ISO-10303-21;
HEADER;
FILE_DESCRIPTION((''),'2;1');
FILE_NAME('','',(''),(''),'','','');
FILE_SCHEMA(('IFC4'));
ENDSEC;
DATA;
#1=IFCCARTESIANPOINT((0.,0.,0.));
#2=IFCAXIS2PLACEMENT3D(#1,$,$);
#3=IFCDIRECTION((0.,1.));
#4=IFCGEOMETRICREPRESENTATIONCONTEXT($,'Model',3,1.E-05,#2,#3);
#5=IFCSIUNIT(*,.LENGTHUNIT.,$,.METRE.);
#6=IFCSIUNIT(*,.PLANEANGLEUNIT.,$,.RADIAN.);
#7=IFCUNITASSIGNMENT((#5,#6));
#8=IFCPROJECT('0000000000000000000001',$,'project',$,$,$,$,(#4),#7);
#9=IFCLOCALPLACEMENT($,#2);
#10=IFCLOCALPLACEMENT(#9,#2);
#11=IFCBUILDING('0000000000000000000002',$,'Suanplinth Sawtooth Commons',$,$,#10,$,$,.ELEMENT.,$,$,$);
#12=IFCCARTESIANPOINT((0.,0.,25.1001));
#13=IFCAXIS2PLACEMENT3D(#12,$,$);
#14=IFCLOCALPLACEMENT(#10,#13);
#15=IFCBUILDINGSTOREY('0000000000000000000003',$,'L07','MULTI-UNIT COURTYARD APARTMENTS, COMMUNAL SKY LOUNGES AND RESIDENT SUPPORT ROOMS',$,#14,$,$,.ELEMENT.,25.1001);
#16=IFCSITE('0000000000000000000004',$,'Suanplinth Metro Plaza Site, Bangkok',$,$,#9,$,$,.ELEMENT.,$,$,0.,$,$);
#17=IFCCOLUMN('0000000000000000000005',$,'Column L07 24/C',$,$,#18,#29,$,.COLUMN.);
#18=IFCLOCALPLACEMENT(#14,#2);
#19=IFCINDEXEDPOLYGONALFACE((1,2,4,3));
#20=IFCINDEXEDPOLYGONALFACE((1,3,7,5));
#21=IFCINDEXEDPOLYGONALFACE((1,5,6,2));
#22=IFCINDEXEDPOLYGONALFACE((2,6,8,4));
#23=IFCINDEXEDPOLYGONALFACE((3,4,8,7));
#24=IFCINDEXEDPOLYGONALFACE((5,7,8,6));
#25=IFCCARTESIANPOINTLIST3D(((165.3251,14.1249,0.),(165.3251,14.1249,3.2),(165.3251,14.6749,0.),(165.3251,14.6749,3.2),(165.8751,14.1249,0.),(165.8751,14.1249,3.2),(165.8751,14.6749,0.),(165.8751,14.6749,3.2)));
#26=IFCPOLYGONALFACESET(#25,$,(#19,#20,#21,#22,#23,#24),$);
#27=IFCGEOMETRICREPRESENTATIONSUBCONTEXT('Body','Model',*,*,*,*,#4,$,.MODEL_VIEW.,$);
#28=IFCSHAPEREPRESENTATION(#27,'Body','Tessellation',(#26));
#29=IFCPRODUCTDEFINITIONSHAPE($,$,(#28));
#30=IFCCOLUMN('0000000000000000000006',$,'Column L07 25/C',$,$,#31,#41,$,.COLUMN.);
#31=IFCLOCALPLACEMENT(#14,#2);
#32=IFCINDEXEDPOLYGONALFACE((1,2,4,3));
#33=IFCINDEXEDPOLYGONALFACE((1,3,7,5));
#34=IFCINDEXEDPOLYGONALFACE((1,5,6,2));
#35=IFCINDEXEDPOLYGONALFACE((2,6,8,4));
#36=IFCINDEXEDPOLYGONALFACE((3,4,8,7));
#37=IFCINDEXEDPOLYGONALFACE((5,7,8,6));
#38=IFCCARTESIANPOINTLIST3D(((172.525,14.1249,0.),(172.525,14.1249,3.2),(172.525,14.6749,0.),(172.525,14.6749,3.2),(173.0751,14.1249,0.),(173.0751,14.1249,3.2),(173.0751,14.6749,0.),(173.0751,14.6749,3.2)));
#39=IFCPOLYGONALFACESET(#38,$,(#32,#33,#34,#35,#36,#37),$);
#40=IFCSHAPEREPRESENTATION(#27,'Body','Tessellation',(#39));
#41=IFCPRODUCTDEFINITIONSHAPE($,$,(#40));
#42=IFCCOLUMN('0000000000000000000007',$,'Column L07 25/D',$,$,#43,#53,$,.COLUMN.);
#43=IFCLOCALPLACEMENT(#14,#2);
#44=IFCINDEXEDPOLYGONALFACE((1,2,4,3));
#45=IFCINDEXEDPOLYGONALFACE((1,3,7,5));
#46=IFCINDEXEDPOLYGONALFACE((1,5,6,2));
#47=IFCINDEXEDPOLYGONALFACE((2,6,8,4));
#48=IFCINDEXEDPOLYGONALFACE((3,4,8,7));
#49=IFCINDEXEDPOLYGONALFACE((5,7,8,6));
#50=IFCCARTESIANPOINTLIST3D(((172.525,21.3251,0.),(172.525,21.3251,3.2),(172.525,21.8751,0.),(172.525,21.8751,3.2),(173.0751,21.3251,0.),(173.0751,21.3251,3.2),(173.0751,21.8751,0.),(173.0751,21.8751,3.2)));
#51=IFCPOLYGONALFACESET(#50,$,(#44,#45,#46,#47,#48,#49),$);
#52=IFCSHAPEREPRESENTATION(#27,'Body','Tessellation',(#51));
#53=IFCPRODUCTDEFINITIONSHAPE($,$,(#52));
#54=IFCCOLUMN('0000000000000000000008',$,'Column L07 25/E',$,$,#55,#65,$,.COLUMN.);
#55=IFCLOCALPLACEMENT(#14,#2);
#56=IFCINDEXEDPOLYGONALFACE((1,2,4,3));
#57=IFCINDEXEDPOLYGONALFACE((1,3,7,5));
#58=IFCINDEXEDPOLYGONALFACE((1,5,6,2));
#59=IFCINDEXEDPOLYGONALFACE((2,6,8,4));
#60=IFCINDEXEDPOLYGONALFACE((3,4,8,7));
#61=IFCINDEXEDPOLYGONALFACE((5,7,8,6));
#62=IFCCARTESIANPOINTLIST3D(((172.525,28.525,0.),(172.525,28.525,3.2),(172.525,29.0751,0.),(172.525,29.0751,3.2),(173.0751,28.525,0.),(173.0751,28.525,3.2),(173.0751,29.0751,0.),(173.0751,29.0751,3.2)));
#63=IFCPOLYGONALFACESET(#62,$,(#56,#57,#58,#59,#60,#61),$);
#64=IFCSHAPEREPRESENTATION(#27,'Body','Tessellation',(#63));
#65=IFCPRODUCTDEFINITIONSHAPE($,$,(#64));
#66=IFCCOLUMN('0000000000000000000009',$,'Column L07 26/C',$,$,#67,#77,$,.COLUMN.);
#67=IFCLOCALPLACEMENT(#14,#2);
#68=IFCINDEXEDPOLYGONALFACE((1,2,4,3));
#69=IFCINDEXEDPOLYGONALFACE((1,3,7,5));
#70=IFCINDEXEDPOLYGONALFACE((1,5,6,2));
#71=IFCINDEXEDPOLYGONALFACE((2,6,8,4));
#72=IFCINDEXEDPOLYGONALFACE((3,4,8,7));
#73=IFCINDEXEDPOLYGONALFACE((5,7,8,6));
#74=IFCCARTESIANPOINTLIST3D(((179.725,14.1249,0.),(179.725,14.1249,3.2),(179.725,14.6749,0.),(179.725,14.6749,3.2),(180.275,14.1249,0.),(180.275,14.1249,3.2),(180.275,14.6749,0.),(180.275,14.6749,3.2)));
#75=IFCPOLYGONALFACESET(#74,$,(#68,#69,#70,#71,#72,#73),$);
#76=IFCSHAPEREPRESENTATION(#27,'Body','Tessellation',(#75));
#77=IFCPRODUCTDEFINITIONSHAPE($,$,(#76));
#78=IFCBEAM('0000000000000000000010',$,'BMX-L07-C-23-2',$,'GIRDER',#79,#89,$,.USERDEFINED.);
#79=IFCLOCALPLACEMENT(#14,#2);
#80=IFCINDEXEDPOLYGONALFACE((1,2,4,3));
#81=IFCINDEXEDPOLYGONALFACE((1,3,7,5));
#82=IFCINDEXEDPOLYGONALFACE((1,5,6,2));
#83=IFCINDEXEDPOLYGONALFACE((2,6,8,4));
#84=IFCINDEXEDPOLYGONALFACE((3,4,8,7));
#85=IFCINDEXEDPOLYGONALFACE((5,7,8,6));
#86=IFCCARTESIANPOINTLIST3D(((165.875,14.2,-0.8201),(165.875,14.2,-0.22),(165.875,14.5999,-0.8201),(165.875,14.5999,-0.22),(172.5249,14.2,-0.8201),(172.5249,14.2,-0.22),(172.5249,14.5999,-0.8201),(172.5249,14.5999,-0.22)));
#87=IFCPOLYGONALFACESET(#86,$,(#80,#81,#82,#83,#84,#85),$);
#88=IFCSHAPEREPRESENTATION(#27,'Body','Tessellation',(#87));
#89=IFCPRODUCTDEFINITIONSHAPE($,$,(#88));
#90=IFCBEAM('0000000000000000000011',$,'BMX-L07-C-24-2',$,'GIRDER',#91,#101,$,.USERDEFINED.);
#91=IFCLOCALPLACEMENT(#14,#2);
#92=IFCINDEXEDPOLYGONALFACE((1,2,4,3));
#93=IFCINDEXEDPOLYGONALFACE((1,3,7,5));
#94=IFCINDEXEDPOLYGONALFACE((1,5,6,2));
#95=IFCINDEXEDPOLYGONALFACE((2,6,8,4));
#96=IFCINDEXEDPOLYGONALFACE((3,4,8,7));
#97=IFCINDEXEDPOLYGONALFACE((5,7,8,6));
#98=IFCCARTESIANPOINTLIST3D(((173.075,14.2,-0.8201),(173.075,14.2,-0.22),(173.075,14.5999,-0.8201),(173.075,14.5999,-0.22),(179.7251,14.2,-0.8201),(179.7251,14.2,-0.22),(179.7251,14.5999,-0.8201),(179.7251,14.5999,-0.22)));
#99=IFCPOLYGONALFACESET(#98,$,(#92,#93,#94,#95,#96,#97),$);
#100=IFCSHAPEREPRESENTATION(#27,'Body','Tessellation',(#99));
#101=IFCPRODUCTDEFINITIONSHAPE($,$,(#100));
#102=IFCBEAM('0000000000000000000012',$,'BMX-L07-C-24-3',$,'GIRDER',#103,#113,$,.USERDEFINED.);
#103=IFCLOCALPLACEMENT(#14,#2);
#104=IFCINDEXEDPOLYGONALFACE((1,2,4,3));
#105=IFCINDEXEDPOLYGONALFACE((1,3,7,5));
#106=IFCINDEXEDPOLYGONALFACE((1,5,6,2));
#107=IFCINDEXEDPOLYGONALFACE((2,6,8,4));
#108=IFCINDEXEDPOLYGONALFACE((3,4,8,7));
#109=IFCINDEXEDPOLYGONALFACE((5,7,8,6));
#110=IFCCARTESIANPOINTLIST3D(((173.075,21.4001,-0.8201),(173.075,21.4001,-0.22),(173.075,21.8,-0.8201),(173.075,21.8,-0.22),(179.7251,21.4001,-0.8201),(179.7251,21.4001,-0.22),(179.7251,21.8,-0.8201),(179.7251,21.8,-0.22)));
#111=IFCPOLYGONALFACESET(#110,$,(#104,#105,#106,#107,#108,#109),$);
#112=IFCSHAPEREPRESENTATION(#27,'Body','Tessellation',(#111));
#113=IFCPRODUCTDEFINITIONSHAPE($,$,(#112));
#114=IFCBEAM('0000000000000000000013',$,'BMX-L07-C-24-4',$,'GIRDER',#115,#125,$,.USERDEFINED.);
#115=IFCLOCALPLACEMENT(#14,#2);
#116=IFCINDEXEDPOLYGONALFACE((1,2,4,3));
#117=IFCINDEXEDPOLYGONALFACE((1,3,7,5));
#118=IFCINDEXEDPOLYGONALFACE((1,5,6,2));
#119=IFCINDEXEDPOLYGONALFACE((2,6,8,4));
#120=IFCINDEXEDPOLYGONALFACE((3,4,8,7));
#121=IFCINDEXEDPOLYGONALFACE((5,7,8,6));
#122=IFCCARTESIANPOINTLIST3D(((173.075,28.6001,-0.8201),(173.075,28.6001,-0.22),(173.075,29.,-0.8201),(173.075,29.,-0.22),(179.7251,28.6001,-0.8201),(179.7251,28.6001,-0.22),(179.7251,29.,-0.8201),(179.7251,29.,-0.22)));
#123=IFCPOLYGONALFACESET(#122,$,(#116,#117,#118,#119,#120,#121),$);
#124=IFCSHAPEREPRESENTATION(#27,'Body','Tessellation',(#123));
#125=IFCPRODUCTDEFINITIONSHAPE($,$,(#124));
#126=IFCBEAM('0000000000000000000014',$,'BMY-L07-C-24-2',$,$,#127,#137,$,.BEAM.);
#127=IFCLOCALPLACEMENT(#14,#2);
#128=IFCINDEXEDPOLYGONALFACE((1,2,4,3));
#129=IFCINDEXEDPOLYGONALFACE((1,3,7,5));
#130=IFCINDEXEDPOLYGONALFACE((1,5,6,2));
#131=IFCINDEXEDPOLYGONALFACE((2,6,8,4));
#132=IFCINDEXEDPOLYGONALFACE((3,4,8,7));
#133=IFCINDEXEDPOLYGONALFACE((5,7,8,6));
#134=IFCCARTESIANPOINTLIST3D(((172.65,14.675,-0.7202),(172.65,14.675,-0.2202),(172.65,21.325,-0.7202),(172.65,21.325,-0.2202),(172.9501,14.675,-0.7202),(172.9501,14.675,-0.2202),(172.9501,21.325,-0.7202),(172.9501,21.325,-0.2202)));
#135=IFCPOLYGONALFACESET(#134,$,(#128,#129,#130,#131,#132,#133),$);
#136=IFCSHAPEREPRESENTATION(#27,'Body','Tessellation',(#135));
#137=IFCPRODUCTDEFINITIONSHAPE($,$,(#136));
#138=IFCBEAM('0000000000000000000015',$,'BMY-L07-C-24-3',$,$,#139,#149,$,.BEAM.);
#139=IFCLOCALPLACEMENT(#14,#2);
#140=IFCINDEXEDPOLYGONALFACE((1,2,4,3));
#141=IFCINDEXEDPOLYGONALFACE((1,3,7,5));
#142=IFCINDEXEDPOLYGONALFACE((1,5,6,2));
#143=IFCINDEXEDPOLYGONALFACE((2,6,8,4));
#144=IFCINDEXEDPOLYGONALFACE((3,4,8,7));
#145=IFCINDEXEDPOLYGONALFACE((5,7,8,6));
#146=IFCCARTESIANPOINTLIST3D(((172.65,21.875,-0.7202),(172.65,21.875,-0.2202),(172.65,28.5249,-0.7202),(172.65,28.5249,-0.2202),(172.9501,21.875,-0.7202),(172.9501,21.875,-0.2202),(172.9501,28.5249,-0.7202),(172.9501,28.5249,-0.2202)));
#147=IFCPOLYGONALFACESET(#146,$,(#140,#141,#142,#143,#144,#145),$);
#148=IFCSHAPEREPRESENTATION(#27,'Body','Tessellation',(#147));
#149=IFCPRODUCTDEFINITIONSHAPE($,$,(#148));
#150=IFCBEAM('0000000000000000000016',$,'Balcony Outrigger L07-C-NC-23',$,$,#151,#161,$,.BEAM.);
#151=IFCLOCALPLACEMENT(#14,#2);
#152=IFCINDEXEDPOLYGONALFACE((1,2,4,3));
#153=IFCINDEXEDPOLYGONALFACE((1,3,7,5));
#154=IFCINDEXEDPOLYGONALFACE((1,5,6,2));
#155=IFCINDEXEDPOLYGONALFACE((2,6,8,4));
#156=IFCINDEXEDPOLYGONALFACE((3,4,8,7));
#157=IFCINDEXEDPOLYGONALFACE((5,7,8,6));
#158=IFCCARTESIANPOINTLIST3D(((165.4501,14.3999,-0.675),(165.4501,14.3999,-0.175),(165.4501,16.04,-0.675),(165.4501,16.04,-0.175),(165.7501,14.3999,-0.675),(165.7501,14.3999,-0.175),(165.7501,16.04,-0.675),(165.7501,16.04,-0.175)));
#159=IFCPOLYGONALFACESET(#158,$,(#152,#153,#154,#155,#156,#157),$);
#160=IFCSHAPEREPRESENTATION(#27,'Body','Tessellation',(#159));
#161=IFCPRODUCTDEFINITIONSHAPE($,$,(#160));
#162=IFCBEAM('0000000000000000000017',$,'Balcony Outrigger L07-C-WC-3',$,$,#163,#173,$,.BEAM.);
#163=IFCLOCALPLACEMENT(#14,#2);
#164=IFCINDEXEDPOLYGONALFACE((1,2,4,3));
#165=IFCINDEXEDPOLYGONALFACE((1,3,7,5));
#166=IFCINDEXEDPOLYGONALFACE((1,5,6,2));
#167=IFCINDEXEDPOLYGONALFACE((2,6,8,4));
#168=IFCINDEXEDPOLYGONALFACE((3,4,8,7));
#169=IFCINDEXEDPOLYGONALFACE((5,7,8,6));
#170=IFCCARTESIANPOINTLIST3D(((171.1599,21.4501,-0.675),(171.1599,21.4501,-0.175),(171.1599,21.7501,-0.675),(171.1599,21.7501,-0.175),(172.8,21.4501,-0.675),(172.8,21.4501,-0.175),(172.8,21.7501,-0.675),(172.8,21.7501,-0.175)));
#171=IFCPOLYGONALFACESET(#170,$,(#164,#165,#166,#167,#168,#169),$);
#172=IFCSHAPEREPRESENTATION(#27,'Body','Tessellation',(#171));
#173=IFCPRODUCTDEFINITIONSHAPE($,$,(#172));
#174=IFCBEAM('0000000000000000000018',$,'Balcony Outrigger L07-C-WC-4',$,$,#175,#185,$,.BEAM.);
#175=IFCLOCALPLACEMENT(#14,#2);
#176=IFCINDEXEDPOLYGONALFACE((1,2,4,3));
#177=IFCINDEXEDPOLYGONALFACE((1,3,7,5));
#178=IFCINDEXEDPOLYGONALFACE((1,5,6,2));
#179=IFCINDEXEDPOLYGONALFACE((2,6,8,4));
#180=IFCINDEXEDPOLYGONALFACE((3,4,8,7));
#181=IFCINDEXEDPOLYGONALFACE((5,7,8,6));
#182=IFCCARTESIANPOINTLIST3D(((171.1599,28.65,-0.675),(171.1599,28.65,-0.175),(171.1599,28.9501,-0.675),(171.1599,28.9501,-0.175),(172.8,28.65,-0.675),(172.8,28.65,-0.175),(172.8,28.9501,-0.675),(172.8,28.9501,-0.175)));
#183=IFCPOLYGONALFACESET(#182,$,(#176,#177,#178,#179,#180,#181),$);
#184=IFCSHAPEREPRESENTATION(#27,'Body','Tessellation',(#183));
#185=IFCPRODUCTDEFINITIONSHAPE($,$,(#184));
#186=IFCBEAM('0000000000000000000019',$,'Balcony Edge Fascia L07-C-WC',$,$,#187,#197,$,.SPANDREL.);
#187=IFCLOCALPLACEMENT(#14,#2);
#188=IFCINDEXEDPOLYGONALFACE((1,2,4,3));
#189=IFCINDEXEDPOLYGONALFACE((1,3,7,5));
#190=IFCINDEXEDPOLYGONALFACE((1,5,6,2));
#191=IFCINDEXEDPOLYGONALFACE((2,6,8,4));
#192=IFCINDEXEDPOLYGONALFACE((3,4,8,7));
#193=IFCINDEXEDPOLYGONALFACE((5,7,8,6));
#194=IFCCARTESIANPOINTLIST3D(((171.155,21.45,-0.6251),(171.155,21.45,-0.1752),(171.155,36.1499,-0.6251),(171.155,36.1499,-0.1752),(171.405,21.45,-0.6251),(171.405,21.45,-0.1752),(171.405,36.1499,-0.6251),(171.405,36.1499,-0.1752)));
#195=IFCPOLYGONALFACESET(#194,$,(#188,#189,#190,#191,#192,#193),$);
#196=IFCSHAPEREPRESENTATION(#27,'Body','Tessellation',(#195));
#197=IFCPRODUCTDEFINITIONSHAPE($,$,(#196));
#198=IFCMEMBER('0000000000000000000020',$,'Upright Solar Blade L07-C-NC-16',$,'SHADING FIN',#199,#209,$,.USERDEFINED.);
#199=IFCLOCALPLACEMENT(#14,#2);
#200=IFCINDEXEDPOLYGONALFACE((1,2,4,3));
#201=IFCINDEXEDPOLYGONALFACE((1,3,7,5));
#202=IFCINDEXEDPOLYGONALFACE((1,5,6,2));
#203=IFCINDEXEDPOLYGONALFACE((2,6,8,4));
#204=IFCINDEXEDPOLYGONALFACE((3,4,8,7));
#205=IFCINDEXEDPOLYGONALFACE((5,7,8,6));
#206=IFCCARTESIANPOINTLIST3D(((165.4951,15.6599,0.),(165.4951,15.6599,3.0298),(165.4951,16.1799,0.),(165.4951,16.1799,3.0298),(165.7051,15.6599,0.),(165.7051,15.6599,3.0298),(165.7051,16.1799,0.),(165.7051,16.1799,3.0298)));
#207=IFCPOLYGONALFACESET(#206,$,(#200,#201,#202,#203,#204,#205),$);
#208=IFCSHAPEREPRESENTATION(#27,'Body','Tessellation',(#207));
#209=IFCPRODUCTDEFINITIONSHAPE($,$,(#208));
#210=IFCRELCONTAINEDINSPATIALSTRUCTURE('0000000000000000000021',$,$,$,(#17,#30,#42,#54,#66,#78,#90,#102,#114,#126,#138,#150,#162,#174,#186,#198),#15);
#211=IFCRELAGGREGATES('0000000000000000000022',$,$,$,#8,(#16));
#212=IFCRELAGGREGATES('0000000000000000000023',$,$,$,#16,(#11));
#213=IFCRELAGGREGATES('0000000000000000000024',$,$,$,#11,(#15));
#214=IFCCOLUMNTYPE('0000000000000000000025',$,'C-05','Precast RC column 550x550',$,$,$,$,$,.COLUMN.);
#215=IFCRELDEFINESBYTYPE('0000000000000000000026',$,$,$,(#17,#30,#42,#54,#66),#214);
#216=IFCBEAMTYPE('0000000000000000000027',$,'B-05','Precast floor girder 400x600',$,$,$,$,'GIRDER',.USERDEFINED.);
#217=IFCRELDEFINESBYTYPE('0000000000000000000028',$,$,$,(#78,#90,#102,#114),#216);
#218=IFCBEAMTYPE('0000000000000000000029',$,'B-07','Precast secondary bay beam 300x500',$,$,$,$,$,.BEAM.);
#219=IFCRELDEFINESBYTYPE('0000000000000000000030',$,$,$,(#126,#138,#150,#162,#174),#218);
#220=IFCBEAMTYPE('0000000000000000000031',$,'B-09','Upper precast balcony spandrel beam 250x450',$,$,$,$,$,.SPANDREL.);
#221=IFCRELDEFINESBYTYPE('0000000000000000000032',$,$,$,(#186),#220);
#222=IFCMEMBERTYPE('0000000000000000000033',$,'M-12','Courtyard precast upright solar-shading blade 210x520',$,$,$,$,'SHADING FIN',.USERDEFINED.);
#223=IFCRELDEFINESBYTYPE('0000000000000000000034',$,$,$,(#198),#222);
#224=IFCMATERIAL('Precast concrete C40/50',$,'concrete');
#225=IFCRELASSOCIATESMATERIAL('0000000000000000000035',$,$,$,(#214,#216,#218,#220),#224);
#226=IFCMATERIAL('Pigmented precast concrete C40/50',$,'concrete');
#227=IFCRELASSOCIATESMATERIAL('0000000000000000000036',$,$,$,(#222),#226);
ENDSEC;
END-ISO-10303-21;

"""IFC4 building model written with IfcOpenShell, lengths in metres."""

from ifc_helpers import new_model, si_unit, direction, frame, origin, origin_2d, place, context, subcontext, project, spatial, rectangle, extrude, material, material_profile, profile_set, type_object, element, save


model = new_model("IFC4")

# Units and contexts
model_context = context("Model", 3, precision=1e-05, world=origin(), true_north=direction((0.0, 1.0)))
body_context = subcontext(model_context, "Body", "Model", "MODEL_VIEW")
ifc_project = project(units=[si_unit("LENGTHUNIT", "METRE"), si_unit("PLANEANGLEUNIT", "RADIAN")], contexts=[model_context])

# Site, building, storey
site_placement = place(None, origin())
site = spatial("IfcSite", under=ifc_project, at=site_placement, Name="Suanplinth Metro Plaza Site, Bangkok", CompositionType="ELEMENT", RefElevation=0.0)
building_placement = place(site_placement, origin())
building = spatial("IfcBuilding", under=site, at=building_placement, Name="Suanplinth Sawtooth Commons", CompositionType="ELEMENT")
storey_placement = place(building_placement, frame((0.0, 0.0, 25.1001)))
storey = spatial("IfcBuildingStorey", under=building, at=storey_placement, Name="L07", Description="MULTI-UNIT COURTYARD APARTMENTS, COMMUNAL SKY LOUNGES AND RESIDENT SUPPORT ROOMS", CompositionType="ELEMENT", Elevation=25.1001)

# Columns
ifc_material_1 = material(Name="Precast concrete C40/50", Category="concrete")
ifc_material_profile_1 = material_profile(ifc_material_1, rectangle(XDim=0.55, YDim=0.55, at=origin_2d()), Name="PC-COL 550x550")
ifc_profile_set_1 = profile_set([ifc_material_profile_1], Name="Precast concrete C40/50")
column_type = type_object("IfcColumnType", Name="C-05", Description="Precast RC column 550x550", PredefinedType="COLUMN", material=ifc_profile_set_1)
for number, where, z_axis, x_axis, name in (
    (1, (165.6001, 14.3999, 0.0), (0.0, 0.0, 1.0), (1.0, 0.0, 0.0), "Column L07 24/C"),
    (2, (172.8, 14.3999, 0.0), (0.0, 0.0, 1.0), (1.0, 0.0, 0.0), "Column L07 25/C"),
    (3, (172.8, 21.6001, 0.0), (0.0, 0.0, 1.0), (1.0, 0.0, 0.0), "Column L07 25/D"),
    (4, (172.8, 28.8, 0.0), (0.0, 0.0, 1.0), (1.0, 0.0, 0.0), "Column L07 25/E"),
    (5, (180.0, 14.3999, 0.0), (0.0, 0.0, 1.0), (1.0, 0.0, 0.0), "Column L07 26/C"),
):
    element("IfcColumn", number, at=place(storey_placement, frame(where, z_axis=z_axis, x_axis=x_axis)), inside=storey, type_object=column_type, Name=name, PredefinedType="COLUMN", context=body_context, shape_type="SweptSolid", body=[
        extrude(rectangle(XDim=0.55, YDim=0.55, at=origin_2d()), origin(), (0.0, 0.0, 1.0), 3.2),
    ])

# Beams
ifc_material_profile_2 = material_profile(ifc_material_1, rectangle(XDim=0.3999, YDim=0.6001, at=origin_2d()), Name="PC-GDR 400x600")
ifc_profile_set_2 = profile_set([ifc_material_profile_2], Name="Precast concrete C40/50")
beam_type_1 = type_object("IfcBeamType", Name="B-05", Description="Precast floor girder 400x600", ElementType="GIRDER", PredefinedType="USERDEFINED", material=ifc_profile_set_2)
beam_1_placement = place(storey_placement, frame((165.875, 14.3999, -0.52), z_axis=(1.0, 0.0, 0.0), x_axis=(0.0, 1.0, 0.0)))
element("IfcBeam", 6, at=beam_1_placement, inside=storey, type_object=beam_type_1, Name="BMX-L07-C-23-2", ObjectType="GIRDER", PredefinedType="USERDEFINED", context=body_context, shape_type="SweptSolid", body=[
    extrude(rectangle(XDim=0.3999, YDim=0.6001, at=origin_2d()), origin(), (0.0, 0.0, 1.0), 6.6499),
])
for number, where, z_axis, x_axis, name in (
    (7, (173.075, 14.3999, -0.52), (1.0, 0.0, 0.0), (0.0, 1.0, 0.0), "BMX-L07-C-24-2"),
    (8, (173.075, 21.6001, -0.52), (1.0, 0.0, 0.0), (0.0, 1.0, 0.0), "BMX-L07-C-24-3"),
    (9, (173.075, 28.8, -0.52), (1.0, 0.0, 0.0), (0.0, 1.0, 0.0), "BMX-L07-C-24-4"),
):
    element("IfcBeam", number, at=place(storey_placement, frame(where, z_axis=z_axis, x_axis=x_axis)), inside=storey, type_object=beam_type_1, Name=name, ObjectType="GIRDER", PredefinedType="USERDEFINED", context=body_context, shape_type="SweptSolid", body=[
        extrude(rectangle(XDim=0.3999, YDim=0.6001, at=origin_2d()), origin(), (0.0, 0.0, 1.0), 6.6501),
    ])
ifc_material_profile_3 = material_profile(ifc_material_1, rectangle(XDim=0.3, YDim=0.5, at=origin_2d()), Name="PC-BM 300x500")
ifc_profile_set_3 = profile_set([ifc_material_profile_3], Name="Precast concrete C40/50")
beam_type_2 = type_object("IfcBeamType", Name="B-07", Description="Precast secondary bay beam 300x500", PredefinedType="BEAM", material=ifc_profile_set_3)
for number, where, z_axis, x_axis, name in (
    (10, (172.8, 14.675, -0.4702), (0.0, 1.0, 0.0), (-1.0, 0.0, 0.0), "BMY-L07-C-24-2"),
    (11, (172.8, 21.875, -0.4702), (0.0, 1.0, 0.0), (-1.0, 0.0, 0.0), "BMY-L07-C-24-3"),
):
    element("IfcBeam", number, at=place(storey_placement, frame(where, z_axis=z_axis, x_axis=x_axis)), inside=storey, type_object=beam_type_2, Name=name, PredefinedType="BEAM", context=body_context, shape_type="SweptSolid", body=[
        extrude(rectangle(XDim=0.3, YDim=0.5, at=origin_2d()), origin(), (0.0, 0.0, 1.0), 6.6499),
    ])
for number, where, z_axis, x_axis, name in (
    (12, (165.6001, 14.3999, -0.425), (0.0, 1.0, 0.0), (-1.0, 0.0, 0.0), "Balcony Outrigger L07-C-NC-23"),
    (13, (172.8, 21.6001, -0.425), (-1.0, 0.0, 0.0), (0.0, -1.0, 0.0), "Balcony Outrigger L07-C-WC-3"),
    (14, (172.8, 28.8, -0.425), (-1.0, 0.0, 0.0), (0.0, -1.0, 0.0), "Balcony Outrigger L07-C-WC-4"),
):
    element("IfcBeam", number, at=place(storey_placement, frame(where, z_axis=z_axis, x_axis=x_axis)), inside=storey, type_object=beam_type_2, Name=name, PredefinedType="BEAM", context=body_context, shape_type="SweptSolid", body=[
        extrude(rectangle(XDim=0.3, YDim=0.5, at=origin_2d()), origin(), (0.0, 0.0, 1.0), 1.6401),
    ])
ifc_material_profile_4 = material_profile(ifc_material_1, rectangle(XDim=0.25, YDim=0.45, at=origin_2d()), Name="PC-SP 250x450")
ifc_profile_set_4 = profile_set([ifc_material_profile_4], Name="Precast concrete C40/50")
beam_type_3 = type_object("IfcBeamType", Name="B-09", Description="Upper precast balcony spandrel beam 250x450", PredefinedType="SPANDREL", material=ifc_profile_set_4)
beam_2_placement = place(storey_placement, frame((171.28, 21.45, -0.4001), z_axis=(0.0, 1.0, 0.0), x_axis=(-1.0, 0.0, 0.0)))
element("IfcBeam", 15, at=beam_2_placement, inside=storey, type_object=beam_type_3, Name="Balcony Edge Fascia L07-C-WC", PredefinedType="SPANDREL", context=body_context, shape_type="SweptSolid", body=[
    extrude(rectangle(XDim=0.25, YDim=0.45, at=origin_2d()), origin(), (0.0, 0.0, 1.0), 14.7),
])

# Member
ifc_material_2 = material(Name="Pigmented precast concrete C40/50", Category="concrete")
ifc_material_profile_5 = material_profile(ifc_material_2, rectangle(XDim=0.21, YDim=0.52, at=origin_2d()), Name="PC-FIN 210x520")
ifc_profile_set_5 = profile_set([ifc_material_profile_5], Name="Pigmented precast concrete C40/50")
member_type = type_object("IfcMemberType", Name="M-12", Description="Courtyard precast upright solar-shading blade 210x520", ElementType="SHADING FIN", PredefinedType="USERDEFINED", material=ifc_profile_set_5)
for number, where, z_axis, x_axis, name in (
    (16, (165.6001, 15.9199, 0.0), (0.0, 0.0, 1.0), (1.0, 0.0, 0.0), "Upright Solar Blade L07-C-NC-16"),
):
    element("IfcMember", number, at=place(storey_placement, frame(where, z_axis=z_axis, x_axis=x_axis)), inside=storey, type_object=member_type, Name=name, ObjectType="SHADING FIN", PredefinedType="USERDEFINED", context=body_context, shape_type="SweptSolid", body=[
        extrude(rectangle(XDim=0.21, YDim=0.52, at=origin_2d()), origin(), (0.0, 0.0, 1.0), 3.0298),
    ])

save(model, "model.ifc")
